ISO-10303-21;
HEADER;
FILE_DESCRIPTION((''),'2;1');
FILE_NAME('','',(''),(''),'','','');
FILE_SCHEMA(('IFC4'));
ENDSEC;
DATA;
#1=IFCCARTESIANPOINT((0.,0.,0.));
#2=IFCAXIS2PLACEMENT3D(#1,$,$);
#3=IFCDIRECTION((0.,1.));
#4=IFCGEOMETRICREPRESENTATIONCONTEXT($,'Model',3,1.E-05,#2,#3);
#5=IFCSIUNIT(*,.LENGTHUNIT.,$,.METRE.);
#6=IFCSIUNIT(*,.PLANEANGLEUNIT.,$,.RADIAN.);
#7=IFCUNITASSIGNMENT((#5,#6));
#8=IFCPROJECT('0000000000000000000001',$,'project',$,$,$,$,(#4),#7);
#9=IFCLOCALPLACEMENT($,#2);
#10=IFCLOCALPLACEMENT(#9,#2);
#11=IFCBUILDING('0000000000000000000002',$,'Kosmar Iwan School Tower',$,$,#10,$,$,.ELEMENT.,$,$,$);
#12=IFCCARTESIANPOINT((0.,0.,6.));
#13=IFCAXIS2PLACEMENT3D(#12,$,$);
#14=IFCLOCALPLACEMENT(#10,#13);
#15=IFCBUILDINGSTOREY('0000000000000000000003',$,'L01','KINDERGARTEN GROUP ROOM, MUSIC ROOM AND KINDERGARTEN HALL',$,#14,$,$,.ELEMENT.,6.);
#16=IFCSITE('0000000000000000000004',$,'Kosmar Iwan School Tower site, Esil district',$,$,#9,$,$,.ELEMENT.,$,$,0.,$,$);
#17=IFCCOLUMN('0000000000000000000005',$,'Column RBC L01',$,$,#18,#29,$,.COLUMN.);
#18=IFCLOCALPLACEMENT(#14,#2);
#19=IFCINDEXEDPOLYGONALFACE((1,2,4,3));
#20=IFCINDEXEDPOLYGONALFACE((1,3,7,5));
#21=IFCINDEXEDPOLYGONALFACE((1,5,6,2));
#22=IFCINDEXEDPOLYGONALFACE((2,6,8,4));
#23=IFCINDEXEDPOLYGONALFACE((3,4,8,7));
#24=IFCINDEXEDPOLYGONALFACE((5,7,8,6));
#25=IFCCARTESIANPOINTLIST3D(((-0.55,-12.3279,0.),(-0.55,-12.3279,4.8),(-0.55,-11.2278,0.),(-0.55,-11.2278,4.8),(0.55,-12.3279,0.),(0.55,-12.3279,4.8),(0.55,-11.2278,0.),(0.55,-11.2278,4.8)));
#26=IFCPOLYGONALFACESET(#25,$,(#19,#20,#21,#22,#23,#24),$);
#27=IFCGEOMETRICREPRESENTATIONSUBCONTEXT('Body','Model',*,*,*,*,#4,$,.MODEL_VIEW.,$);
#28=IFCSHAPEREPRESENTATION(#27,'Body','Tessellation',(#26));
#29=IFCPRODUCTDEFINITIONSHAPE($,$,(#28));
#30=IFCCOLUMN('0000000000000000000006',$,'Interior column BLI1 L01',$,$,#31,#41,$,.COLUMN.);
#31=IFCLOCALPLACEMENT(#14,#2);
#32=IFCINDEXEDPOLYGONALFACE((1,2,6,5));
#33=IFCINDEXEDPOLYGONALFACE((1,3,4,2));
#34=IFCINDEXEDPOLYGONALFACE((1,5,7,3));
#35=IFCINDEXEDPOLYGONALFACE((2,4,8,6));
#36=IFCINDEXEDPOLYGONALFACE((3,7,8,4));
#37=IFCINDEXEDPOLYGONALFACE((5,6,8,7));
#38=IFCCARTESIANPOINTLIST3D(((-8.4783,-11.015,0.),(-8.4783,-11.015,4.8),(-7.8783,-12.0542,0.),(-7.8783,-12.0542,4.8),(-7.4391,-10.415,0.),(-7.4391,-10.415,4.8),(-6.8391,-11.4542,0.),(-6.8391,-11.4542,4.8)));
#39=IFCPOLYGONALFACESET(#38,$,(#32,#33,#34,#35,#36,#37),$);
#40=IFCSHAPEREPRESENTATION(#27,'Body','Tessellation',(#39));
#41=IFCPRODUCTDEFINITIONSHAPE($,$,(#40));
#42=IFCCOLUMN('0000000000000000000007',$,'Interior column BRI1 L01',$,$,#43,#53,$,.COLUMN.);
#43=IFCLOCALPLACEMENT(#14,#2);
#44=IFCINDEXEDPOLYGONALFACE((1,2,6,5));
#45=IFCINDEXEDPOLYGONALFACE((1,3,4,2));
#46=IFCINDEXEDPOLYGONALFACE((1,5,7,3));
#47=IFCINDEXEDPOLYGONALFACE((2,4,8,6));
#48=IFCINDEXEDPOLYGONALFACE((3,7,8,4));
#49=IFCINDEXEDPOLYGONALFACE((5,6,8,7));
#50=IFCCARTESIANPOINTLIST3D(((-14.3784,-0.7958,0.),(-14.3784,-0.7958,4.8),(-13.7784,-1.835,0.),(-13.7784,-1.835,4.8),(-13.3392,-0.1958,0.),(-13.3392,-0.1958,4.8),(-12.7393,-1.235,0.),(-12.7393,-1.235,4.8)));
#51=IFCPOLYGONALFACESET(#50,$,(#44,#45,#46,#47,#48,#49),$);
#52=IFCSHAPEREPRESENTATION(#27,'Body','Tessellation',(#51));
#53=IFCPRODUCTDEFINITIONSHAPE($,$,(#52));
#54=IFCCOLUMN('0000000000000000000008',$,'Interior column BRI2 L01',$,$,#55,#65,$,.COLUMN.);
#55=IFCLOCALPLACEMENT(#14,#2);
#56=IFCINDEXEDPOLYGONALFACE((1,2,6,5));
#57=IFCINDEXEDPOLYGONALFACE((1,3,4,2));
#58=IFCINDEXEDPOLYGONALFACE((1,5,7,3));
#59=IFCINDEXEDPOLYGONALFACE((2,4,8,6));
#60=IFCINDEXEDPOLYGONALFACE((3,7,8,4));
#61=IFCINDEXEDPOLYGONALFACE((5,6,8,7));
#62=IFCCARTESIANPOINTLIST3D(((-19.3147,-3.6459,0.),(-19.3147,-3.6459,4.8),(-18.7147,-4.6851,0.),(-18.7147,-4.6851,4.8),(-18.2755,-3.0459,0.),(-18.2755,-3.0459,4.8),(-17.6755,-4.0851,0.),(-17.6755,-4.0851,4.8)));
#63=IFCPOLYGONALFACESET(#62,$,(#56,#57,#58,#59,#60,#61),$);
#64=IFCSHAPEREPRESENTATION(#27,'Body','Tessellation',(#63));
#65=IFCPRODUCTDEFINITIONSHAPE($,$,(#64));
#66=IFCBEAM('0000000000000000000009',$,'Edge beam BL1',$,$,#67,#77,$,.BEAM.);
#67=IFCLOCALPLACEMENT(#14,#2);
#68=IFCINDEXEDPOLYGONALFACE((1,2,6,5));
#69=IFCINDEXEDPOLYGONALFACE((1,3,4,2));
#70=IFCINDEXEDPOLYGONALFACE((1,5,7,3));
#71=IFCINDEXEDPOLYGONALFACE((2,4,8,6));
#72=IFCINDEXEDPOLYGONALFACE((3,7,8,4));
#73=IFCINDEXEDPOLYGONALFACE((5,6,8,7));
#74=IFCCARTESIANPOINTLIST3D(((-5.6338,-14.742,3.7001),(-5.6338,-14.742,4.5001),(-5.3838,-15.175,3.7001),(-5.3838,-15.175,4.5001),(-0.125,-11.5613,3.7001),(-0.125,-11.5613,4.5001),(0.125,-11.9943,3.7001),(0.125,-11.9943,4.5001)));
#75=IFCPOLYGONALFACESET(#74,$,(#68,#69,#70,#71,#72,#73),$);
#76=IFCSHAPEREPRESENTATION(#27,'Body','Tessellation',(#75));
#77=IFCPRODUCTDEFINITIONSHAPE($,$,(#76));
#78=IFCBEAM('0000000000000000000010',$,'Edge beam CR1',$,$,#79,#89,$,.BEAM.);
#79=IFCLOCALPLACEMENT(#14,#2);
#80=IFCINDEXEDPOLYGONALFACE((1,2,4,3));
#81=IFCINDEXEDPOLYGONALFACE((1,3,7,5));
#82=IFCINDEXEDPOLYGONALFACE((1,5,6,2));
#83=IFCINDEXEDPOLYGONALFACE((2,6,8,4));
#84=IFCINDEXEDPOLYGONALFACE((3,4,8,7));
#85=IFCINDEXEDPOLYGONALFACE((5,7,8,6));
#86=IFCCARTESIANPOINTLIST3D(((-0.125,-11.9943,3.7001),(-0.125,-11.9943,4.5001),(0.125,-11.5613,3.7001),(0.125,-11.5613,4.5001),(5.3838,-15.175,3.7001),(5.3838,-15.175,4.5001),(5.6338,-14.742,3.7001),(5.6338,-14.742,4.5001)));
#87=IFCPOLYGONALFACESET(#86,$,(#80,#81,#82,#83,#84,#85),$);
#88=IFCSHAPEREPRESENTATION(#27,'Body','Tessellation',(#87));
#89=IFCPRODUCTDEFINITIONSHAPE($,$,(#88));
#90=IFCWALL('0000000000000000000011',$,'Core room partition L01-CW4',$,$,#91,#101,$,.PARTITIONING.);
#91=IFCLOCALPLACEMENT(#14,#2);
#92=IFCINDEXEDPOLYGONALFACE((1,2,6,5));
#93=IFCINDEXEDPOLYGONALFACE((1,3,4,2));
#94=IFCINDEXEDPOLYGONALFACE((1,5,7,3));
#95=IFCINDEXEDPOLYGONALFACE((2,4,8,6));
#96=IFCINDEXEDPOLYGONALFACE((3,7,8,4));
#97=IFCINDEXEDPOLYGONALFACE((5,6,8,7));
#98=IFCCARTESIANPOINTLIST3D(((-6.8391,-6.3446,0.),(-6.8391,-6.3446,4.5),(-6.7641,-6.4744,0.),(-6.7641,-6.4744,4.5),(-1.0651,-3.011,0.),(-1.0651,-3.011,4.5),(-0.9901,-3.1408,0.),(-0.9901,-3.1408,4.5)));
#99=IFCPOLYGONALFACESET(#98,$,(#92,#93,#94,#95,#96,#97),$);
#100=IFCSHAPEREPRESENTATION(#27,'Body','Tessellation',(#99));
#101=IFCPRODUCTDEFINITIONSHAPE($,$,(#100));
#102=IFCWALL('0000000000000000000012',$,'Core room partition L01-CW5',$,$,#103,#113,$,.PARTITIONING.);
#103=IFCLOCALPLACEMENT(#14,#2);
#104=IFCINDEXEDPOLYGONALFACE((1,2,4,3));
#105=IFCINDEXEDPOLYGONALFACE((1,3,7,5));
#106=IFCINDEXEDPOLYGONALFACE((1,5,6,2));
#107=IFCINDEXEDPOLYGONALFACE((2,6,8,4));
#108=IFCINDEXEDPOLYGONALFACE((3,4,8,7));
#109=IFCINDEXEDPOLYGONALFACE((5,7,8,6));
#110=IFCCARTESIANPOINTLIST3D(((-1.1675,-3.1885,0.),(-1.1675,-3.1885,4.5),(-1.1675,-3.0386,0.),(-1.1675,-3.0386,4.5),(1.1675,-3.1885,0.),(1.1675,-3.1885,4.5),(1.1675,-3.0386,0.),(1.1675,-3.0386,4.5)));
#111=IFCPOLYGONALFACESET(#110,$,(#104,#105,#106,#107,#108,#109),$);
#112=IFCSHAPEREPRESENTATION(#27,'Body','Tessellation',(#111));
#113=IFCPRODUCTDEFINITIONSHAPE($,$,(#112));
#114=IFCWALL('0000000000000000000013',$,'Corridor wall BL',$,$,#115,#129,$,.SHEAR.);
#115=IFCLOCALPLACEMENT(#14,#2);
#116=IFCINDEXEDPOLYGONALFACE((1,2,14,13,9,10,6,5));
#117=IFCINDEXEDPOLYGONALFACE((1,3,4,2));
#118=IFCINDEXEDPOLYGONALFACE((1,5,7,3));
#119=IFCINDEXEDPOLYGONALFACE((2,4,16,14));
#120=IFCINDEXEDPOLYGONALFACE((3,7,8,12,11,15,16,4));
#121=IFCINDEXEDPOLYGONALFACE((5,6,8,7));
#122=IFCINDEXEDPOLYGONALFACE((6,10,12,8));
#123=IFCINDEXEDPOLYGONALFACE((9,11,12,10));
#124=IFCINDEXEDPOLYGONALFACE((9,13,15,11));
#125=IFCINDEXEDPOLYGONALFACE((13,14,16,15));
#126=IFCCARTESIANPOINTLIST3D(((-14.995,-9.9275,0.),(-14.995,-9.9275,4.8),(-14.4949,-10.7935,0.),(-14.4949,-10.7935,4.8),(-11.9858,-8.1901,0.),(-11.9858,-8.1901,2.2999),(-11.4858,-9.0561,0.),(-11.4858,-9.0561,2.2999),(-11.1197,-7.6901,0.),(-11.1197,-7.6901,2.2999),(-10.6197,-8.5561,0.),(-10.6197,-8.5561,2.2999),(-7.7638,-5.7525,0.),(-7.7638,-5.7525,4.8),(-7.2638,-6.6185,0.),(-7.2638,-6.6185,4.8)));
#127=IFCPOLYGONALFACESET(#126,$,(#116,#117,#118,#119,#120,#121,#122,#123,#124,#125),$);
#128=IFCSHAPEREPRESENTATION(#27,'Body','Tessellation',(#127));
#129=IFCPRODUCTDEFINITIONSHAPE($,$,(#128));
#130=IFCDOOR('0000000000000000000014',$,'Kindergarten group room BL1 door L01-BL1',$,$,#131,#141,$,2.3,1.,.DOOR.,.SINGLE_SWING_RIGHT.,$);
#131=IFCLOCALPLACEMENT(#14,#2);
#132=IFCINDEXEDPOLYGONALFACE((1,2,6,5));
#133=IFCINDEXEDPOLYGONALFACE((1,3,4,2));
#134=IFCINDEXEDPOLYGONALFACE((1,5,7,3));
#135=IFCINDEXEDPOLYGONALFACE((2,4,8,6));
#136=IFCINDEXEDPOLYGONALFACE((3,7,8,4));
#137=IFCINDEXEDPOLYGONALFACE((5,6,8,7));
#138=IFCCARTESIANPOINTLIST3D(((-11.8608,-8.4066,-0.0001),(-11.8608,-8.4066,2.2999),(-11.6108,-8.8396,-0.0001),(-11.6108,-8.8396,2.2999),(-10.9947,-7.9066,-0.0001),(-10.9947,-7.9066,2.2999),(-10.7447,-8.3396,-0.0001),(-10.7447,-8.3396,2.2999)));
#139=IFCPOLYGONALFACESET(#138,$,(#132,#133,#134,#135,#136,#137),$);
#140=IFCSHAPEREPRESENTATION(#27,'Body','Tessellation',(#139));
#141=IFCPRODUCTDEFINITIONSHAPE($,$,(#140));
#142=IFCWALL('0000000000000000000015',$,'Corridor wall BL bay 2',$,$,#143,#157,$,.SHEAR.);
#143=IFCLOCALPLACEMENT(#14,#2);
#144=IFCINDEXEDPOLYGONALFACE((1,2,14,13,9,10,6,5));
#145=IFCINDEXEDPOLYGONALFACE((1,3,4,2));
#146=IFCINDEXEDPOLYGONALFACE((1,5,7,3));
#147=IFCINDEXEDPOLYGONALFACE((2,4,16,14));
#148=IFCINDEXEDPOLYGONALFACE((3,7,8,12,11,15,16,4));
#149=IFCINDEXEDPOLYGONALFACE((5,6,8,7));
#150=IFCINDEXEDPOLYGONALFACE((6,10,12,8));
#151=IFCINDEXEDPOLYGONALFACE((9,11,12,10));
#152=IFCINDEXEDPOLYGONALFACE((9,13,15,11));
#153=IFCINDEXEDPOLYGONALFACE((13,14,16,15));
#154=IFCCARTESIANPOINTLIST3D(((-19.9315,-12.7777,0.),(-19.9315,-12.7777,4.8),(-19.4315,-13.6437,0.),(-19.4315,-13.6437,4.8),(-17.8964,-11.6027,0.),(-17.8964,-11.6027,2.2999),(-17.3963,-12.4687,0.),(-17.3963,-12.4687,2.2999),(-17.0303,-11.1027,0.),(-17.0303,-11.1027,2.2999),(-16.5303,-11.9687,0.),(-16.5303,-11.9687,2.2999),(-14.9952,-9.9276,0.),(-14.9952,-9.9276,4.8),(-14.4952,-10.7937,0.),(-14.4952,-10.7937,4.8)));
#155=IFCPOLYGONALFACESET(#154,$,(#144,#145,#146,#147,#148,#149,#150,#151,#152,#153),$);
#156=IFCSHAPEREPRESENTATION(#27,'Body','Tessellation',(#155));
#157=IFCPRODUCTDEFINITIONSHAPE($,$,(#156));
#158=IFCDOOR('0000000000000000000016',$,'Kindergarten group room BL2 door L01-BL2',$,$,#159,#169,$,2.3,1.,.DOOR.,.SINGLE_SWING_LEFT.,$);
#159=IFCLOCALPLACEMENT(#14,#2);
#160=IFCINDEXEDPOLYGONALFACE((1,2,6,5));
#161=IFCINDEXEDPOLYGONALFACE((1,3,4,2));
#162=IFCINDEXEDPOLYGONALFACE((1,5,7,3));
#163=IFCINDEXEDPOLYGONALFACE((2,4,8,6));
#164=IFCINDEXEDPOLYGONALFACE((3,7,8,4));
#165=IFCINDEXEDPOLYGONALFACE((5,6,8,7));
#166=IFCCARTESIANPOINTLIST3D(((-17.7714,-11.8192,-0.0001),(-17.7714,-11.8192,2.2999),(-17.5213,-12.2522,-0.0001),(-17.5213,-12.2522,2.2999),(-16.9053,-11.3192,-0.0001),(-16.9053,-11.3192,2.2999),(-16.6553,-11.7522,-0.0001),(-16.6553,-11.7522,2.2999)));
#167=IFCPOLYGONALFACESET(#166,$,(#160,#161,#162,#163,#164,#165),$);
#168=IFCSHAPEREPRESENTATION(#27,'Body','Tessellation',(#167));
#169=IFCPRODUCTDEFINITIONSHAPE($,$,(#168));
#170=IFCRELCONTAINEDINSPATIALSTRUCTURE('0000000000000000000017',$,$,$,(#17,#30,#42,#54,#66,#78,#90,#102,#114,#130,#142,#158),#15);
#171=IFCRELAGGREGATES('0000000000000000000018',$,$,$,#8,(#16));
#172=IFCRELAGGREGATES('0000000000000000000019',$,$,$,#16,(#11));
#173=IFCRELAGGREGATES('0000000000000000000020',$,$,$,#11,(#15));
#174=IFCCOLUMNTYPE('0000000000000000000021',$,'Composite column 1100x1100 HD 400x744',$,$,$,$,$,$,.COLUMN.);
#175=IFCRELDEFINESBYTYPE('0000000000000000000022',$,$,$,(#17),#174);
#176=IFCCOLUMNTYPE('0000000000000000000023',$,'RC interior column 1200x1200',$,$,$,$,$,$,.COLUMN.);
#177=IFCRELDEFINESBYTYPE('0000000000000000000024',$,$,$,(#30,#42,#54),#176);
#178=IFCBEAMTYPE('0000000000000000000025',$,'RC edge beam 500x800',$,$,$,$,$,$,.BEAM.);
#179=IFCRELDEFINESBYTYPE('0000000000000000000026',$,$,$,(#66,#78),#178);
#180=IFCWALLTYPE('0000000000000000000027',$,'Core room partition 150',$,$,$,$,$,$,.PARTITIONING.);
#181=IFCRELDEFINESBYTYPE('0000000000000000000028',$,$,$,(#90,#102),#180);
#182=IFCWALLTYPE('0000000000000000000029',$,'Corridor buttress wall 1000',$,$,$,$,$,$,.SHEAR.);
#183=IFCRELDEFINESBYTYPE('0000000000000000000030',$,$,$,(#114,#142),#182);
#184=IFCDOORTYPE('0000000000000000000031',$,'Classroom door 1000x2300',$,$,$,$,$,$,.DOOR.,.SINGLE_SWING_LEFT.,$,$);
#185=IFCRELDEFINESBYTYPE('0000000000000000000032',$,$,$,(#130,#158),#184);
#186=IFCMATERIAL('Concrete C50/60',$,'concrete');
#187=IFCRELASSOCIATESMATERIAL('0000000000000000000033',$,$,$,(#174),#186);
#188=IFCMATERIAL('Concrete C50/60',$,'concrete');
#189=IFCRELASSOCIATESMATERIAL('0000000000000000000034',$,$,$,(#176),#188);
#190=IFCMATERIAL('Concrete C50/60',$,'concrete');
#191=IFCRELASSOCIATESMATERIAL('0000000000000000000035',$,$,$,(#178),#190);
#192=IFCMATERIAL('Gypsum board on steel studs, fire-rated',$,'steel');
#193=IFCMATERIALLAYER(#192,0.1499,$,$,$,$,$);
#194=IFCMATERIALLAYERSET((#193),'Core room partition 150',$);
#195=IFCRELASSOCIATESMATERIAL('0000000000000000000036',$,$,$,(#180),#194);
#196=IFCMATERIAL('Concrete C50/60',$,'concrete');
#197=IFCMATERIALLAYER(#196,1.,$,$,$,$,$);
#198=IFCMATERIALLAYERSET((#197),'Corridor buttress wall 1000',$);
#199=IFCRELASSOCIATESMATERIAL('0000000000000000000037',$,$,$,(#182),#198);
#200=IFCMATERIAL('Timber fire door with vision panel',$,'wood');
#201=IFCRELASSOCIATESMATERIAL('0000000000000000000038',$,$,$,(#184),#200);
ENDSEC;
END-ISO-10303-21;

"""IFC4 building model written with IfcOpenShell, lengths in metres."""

from ifc_helpers import new_model, si_unit, direction, frame, frame_2d, origin, origin_2d, place, context, subcontext, project, spatial, rectangle, extrude, material, layer, layer_set, material_profile, profile_set, type_object, element, fill, save


model = new_model("IFC4")

# Units and contexts
model_context = context("Model", 3, precision=1e-05, world=origin(), true_north=direction((0.0, 1.0)))
body_context = subcontext(model_context, "Body", "Model", "MODEL_VIEW")
ifc_project = project(units=[si_unit("LENGTHUNIT", "METRE"), si_unit("PLANEANGLEUNIT", "RADIAN")], contexts=[model_context])

# Site, building, storey
site_placement = place(None, origin())
site = spatial("IfcSite", under=ifc_project, at=site_placement, Name="Kosmar Iwan School Tower site, Esil district", CompositionType="ELEMENT", RefElevation=0.0)
building_placement = place(site_placement, origin())
building = spatial("IfcBuilding", under=site, at=building_placement, Name="Kosmar Iwan School Tower", CompositionType="ELEMENT")
storey_placement = place(building_placement, frame((0.0, 0.0, 6.0)))
storey = spatial("IfcBuildingStorey", under=building, at=storey_placement, Name="L01", Description="KINDERGARTEN GROUP ROOM, MUSIC ROOM AND KINDERGARTEN HALL", CompositionType="ELEMENT", Elevation=6.0)

# Columns
ifc_material_1 = material(Name="Concrete C50/60", Category="concrete")
ifc_material_profile_1 = material_profile(ifc_material_1, rectangle(XDim=1.1001, YDim=1.1001, at=origin_2d()), Name="RC 1100x1100 + HD 400x744")
ifc_profile_set_1 = profile_set([ifc_material_profile_1], Name="Concrete C50/60")
column_type_1 = type_object("IfcColumnType", Name="Composite column 1100x1100 HD 400x744", PredefinedType="COLUMN", material=ifc_profile_set_1)
column_placement = place(storey_placement, frame((0.0, -11.7778, 0.0), z_axis=(0.0, 0.0, 1.0), x_axis=(1.0, 0.0, 0.0)))
element("IfcColumn", 1, at=column_placement, inside=storey, type_object=column_type_1, Name="Column RBC L01", PredefinedType="COLUMN", context=body_context, shape_type="SweptSolid", body=[
    extrude(rectangle(XDim=1.1001, YDim=1.1001, at=origin_2d()), origin(), (0.0, 0.0, 1.0), 4.8),
])
ifc_material_2 = material(Name="Concrete C50/60", Category="concrete")
ifc_material_profile_2 = material_profile(ifc_material_2, rectangle(XDim=1.2, YDim=1.2, at=origin_2d()), Name="RC 1200x1200")
ifc_profile_set_2 = profile_set([ifc_material_profile_2], Name="Concrete C50/60")
column_type_2 = type_object("IfcColumnType", Name="RC interior column 1200x1200", PredefinedType="COLUMN", material=ifc_profile_set_2)
for number, where, z_axis, x_axis, name in (
    (2, (-7.6587, -11.2346, 0.0), (0.0, 0.0, 1.0), (-0.866025, -0.5, 0.0), "Interior column BLI1 L01"),
    (3, (-13.5588, -1.0154, 0.0), (0.0, 0.0, 1.0), (-0.866025, -0.5, 0.0), "Interior column BRI1 L01"),
    (4, (-18.4951, -3.8655, 0.0), (0.0, 0.0, 1.0), (-0.866025, -0.5, 0.0), "Interior column BRI2 L01"),
):
    element("IfcColumn", number, at=place(storey_placement, frame(where, z_axis=z_axis, x_axis=x_axis)), inside=storey, type_object=column_type_2, Name=name, PredefinedType="COLUMN", context=body_context, shape_type="SweptSolid", body=[
        extrude(rectangle(XDim=1.2, YDim=1.2, at=origin_2d()), origin(), (0.0, 0.0, 1.0), 4.8),
    ])

# Beams
ifc_material_3 = material(Name="Concrete C50/60", Category="concrete")
ifc_material_profile_3 = material_profile(ifc_material_3, rectangle(XDim=0.5, YDim=0.8, at=origin_2d()), Name="RC 500x800")
ifc_profile_set_3 = profile_set([ifc_material_profile_3], Name="Concrete C50/60")
beam_type = type_object("IfcBeamType", Name="RC edge beam 500x800", PredefinedType="BEAM", material=ifc_profile_set_3)
for number, where, z_axis, x_axis, name in (
    (5, (0.0, -11.7778, 4.1001), (-0.866014, -0.500019, 0.0), (0.500019, -0.866014, 0.0), "Edge beam BL1"),
    (6, (0.0, -11.7778, 4.1001), (0.866014, -0.500019, 0.0), (0.500019, 0.866014, 0.0), "Edge beam CR1"),
):
    element("IfcBeam", number, at=place(storey_placement, frame(where, z_axis=z_axis, x_axis=x_axis)), inside=storey, type_object=beam_type, Name=name, PredefinedType="BEAM", context=body_context, shape_type="SweptSolid", body=[
        extrude(rectangle(XDim=0.5, YDim=0.8, at=origin_2d()), origin(), (0.0, 0.0, 1.0), 6.3611),
    ])

# Walls
ifc_material_4 = material(Name="Gypsum board on steel studs, fire-rated", Category="steel")
ifc_layer_1 = layer(ifc_material_4, 0.1499)
ifc_layer_set_1 = layer_set([ifc_layer_1], Name="Core room partition 150")
wall_type_1 = type_object("IfcWallType", Name="Core room partition 150", PredefinedType="PARTITIONING", material=ifc_layer_set_1)
wall_1_placement = place(storey_placement, frame((-6.8015, -6.4094, 0.0), z_axis=(0.0, 0.0, 1.0), x_axis=(0.866031, 0.499991, 0.0)))
element("IfcWall", 7, at=wall_1_placement, inside=storey, type_object=wall_type_1, Name="Core room partition L01-CW4", PredefinedType="PARTITIONING", context=body_context, shape_type="SweptSolid", body=[
    extrude(rectangle(XDim=6.6672, YDim=0.1499, at=frame_2d((3.3335, 0.0))), origin(), (0.0, 0.0, 1.0), 4.5),
])
wall_2_placement = place(storey_placement, frame((-1.1675, -3.1135, 0.0), z_axis=(0.0, 0.0, 1.0), x_axis=(1.0, 0.0, 0.0)))
element("IfcWall", 8, at=wall_2_placement, inside=storey, type_object=wall_type_1, Name="Core room partition L01-CW5", PredefinedType="PARTITIONING", context=body_context, shape_type="SweptSolid", body=[
    extrude(rectangle(XDim=2.335, YDim=0.1499, at=frame_2d((1.1675, 0.0))), origin(), (0.0, 0.0, 1.0), 4.5),
])

# Walls, openings, doors
ifc_material_5 = material(Name="Concrete C50/60", Category="concrete")
ifc_layer_2 = layer(ifc_material_5, 1.0)
ifc_layer_set_2 = layer_set([ifc_layer_2], Name="Corridor buttress wall 1000")
wall_type_2 = type_object("IfcWallType", Name="Corridor buttress wall 1000", PredefinedType="SHEAR", material=ifc_layer_set_2)
wall_3_placement = place(storey_placement, frame((-7.5139, -6.1855, 0.0), z_axis=(0.0, 0.0, 1.0), x_axis=(-0.86602, -0.50001, 0.0)))
wall_3 = element("IfcWall", 9, at=wall_3_placement, inside=storey, type_object=wall_type_2, Name="Corridor wall BL", PredefinedType="SHEAR", context=body_context, shape_type="SweptSolid", body=[
    extrude(rectangle(XDim=8.3499, YDim=1.0, at=frame_2d((4.1748, 0.0))), origin(), (0.0, 0.0, 1.0), 4.8),
])
opening_1_placement = place(wall_3_placement, frame((3.875, 0.0, 0.0)))
opening_1 = element("IfcOpeningElement", 10, at=opening_1_placement, cuts=wall_3, PredefinedType="OPENING", context=body_context, shape_type="SweptSolid", body=[
    extrude(rectangle(XDim=1.0, YDim=2.3, at=frame_2d((0.5, 1.1499))), frame((0.0, 0.512, 0.0), z_axis=(0.0, -1.0, 0.0), x_axis=(1.0, 0.0, 0.0)), (0.0, 0.0, 1.0), 1.0239),
])
ifc_material_6 = material(Name="Timber fire door with vision panel", Category="wood")
door_type_1 = type_object("IfcDoorType", Name="Classroom door 1000x2300", OperationType="SINGLE_SWING_LEFT", PredefinedType="DOOR", material=ifc_material_6)
door_1_placement = place(opening_1_placement, origin())
door_1 = element("IfcDoor", 11, at=door_1_placement, inside=storey, type_object=door_type_1, Name="Kindergarten group room BL1 door L01-BL1", OperationType="SINGLE_SWING_RIGHT", OverallHeight=2.3, OverallWidth=1.0, PredefinedType="DOOR", context=body_context, shape_type="SweptSolid", body=[
    extrude(rectangle(XDim=1.0, YDim=2.3, at=frame_2d((0.5, 1.1499))), frame((0.0, 0.25, 0.0), z_axis=(0.0, -1.0, 0.0), x_axis=(1.0, 0.0, 0.0)), (0.0, 0.0, 1.0), 0.5),
])
fill(opening_1, door_1)
wall_4_placement = place(storey_placement, frame((-14.7451, -10.3606, 0.0), z_axis=(0.0, 0.0, 1.0), x_axis=(-0.866015, -0.500018, 0.0)))
wall_4 = element("IfcWall", 12, at=wall_4_placement, inside=storey, type_object=wall_type_2, Name="Corridor wall BL bay 2", PredefinedType="SHEAR", context=body_context, shape_type="SweptSolid", body=[
    extrude(rectangle(XDim=5.7, YDim=1.0, at=frame_2d((2.8501, 0.0))), origin(), (0.0, 0.0, 1.0), 4.8),
])
opening_2_placement = place(wall_4_placement, frame((2.3501, 0.0, 0.0)))
opening_2 = element("IfcOpeningElement", 13, at=opening_2_placement, cuts=wall_4, PredefinedType="OPENING", context=body_context, shape_type="SweptSolid", body=[
    extrude(rectangle(XDim=1.0, YDim=2.3, at=frame_2d((0.5, 1.1499))), frame((0.0, 0.512, 0.0), z_axis=(0.0, -1.0, 0.0), x_axis=(1.0, 0.0, 0.0)), (0.0, 0.0, 1.0), 1.0239),
])
door_2_placement = place(opening_2_placement, origin())
door_2 = element("IfcDoor", 14, at=door_2_placement, inside=storey, type_object=door_type_1, Name="Kindergarten group room BL2 door L01-BL2", OperationType="SINGLE_SWING_LEFT", OverallHeight=2.3, OverallWidth=1.0, PredefinedType="DOOR", context=body_context, shape_type="SweptSolid", body=[
    extrude(rectangle(XDim=1.0, YDim=2.3, at=frame_2d((0.5, 1.1499))), frame((0.0, 0.25, 0.0), z_axis=(0.0, -1.0, 0.0), x_axis=(1.0, 0.0, 0.0)), (0.0, 0.0, 1.0), 0.5),
])
fill(opening_2, door_2)

save(model, "model.ifc")
